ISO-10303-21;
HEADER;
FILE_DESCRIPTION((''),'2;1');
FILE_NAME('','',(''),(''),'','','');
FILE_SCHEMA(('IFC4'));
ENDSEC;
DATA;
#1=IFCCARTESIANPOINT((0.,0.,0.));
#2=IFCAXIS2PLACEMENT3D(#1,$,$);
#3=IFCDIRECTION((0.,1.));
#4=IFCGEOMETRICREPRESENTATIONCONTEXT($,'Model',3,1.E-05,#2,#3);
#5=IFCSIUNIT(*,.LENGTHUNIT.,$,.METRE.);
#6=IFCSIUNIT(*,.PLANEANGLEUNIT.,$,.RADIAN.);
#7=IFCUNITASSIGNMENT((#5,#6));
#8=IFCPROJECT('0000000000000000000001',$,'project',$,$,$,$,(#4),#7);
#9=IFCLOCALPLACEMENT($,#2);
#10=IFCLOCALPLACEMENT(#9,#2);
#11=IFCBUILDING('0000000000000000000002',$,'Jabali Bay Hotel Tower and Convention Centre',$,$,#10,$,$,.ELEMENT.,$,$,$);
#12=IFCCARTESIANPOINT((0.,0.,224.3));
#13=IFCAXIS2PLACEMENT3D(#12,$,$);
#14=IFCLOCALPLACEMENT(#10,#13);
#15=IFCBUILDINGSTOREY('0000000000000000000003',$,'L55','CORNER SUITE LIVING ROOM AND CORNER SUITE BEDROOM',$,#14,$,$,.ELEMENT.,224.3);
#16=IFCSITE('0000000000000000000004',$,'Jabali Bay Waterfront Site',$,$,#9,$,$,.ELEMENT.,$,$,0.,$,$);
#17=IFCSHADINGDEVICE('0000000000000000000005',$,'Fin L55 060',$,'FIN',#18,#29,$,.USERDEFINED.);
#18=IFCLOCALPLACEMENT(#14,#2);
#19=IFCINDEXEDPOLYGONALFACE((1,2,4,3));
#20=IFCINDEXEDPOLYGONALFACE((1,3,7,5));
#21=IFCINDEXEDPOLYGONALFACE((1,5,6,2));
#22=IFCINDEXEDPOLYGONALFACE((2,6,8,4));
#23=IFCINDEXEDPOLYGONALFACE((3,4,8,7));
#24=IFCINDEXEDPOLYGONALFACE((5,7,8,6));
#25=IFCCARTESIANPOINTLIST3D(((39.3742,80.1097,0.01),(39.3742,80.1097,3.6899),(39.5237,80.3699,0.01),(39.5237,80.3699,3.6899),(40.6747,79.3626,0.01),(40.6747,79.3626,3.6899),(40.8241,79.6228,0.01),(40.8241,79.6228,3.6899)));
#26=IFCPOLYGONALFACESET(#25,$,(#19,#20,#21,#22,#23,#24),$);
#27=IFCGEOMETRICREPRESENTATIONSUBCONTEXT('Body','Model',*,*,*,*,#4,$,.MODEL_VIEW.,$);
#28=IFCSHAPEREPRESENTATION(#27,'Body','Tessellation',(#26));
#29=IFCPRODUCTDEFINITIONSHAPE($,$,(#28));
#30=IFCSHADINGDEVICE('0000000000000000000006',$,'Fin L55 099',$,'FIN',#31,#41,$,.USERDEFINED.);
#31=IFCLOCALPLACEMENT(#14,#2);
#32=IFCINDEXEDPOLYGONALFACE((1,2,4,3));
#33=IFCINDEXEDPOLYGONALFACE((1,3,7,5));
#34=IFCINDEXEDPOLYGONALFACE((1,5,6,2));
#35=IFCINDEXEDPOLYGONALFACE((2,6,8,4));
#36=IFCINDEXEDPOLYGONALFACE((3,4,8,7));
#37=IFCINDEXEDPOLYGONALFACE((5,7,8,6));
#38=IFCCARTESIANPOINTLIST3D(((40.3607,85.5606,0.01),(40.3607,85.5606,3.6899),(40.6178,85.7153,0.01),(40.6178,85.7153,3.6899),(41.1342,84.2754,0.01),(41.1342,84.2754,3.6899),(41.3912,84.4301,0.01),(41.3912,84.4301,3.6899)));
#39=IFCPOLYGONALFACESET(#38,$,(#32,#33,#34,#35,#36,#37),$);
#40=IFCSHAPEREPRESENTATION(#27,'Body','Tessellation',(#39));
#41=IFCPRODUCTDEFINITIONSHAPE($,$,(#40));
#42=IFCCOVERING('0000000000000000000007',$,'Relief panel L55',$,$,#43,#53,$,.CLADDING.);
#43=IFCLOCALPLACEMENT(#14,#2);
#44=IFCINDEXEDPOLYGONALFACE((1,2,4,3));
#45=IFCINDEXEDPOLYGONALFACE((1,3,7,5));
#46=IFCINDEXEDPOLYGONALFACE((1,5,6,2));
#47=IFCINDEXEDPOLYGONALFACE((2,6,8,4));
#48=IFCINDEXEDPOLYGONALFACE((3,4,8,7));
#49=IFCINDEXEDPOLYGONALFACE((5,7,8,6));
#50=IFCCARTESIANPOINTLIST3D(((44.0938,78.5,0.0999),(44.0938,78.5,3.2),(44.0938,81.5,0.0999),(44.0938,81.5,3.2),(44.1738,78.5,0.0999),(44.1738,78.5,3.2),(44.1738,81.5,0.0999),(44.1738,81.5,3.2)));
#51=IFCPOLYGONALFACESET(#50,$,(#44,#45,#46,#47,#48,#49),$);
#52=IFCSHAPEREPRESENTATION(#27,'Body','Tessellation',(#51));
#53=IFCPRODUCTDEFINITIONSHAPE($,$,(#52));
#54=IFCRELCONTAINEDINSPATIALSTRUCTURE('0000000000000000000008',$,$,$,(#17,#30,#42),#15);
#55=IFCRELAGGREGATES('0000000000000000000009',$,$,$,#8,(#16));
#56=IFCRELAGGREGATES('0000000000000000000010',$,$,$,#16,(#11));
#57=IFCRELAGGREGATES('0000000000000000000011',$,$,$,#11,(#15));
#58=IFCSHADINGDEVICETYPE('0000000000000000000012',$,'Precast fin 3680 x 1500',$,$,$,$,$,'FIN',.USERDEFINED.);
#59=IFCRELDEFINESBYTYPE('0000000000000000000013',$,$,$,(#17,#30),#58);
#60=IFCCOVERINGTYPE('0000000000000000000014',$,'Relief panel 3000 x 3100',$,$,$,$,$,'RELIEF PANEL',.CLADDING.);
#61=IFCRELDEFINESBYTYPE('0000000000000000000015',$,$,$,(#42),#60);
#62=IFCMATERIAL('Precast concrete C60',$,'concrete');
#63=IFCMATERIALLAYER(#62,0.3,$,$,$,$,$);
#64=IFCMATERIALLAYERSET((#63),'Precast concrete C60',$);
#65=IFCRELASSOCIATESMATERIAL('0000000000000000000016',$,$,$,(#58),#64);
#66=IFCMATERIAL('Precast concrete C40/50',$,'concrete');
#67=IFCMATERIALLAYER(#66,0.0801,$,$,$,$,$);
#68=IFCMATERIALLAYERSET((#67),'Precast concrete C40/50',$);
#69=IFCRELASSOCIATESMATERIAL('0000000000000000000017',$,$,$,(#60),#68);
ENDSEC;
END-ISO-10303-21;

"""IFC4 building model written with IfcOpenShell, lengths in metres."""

from ifc_helpers import new_model, si_unit, direction, frame, frame_2d, origin, origin_2d, place, context, subcontext, project, spatial, rectangle, extrude, material, layer, layer_set, type_object, element, save


model = new_model("IFC4")

# Units and contexts
model_context = context("Model", 3, precision=1e-05, world=origin(), true_north=direction((0.0, 1.0)))
body_context = subcontext(model_context, "Body", "Model", "MODEL_VIEW")
ifc_project = project(units=[si_unit("LENGTHUNIT", "METRE"), si_unit("PLANEANGLEUNIT", "RADIAN")], contexts=[model_context])

# Site, building, storey
site_placement = place(None, origin())
site = spatial("IfcSite", under=ifc_project, at=site_placement, Name="Jabali Bay Waterfront Site", CompositionType="ELEMENT", RefElevation=0.0)
building_placement = place(site_placement, origin())
building = spatial("IfcBuilding", under=site, at=building_placement, Name="Jabali Bay Hotel Tower and Convention Centre", CompositionType="ELEMENT")
storey_placement = place(building_placement, frame((0.0, 0.0, 224.3)))
storey = spatial("IfcBuildingStorey", under=building, at=storey_placement, Name="L55", Description="CORNER SUITE LIVING ROOM AND CORNER SUITE BEDROOM", CompositionType="ELEMENT", Elevation=224.3)

# Shading devices
ifc_material_1 = material(Name="Precast concrete C60", Category="concrete")
ifc_layer_1 = layer(ifc_material_1, 0.3)
ifc_layer_set_1 = layer_set([ifc_layer_1], Name="Precast concrete C60")
shading_device_type_1 = type_object("IfcShadingDeviceType", Name="Precast fin 3680 x 1500", ElementType="FIN", PredefinedType="USERDEFINED", material=ifc_layer_set_1)
for number, where, z_axis, x_axis, name in (
    (1, (40.7495, 79.4927, 0.01), (0.0, 0.0, 1.0), (-0.867119, 0.498101, 0.0), "Fin L55 060"),
):
    element("IfcShadingDevice", number, at=place(storey_placement, frame(where, z_axis=z_axis, x_axis=x_axis)), inside=storey, type_object=shading_device_type_1, Name=name, ObjectType="FIN", PredefinedType="USERDEFINED", context=body_context, shape_type="SweptSolid", body=[
        extrude(rectangle(XDim=1.4998, YDim=0.3, at=frame_2d((0.75, 0.0))), origin(), (0.0, 0.0, 1.0), 3.6799),
    ])
shading_device_1_placement = place(storey_placement, frame((41.2627, 84.3528, 0.01), z_axis=(0.0, 0.0, 1.0), x_axis=(-0.515644, 0.856803, 0.0)))
element("IfcShadingDevice", 2, at=shading_device_1_placement, inside=storey, type_object=shading_device_type_1, Name="Fin L55 099", ObjectType="FIN", PredefinedType="USERDEFINED", context=body_context, shape_type="SweptSolid", body=[
    extrude(rectangle(XDim=1.5, YDim=0.3, at=frame_2d((0.75, 0.0))), origin(), (0.0, 0.0, 1.0), 3.6799),
])

# Covering
ifc_material_2 = material(Name="Precast concrete C40/50", Category="concrete")
ifc_layer_2 = layer(ifc_material_2, 0.0801)
ifc_layer_set_2 = layer_set([ifc_layer_2], Name="Precast concrete C40/50")
covering_type = type_object("IfcCoveringType", Name="Relief panel 3000 x 3100", ElementType="RELIEF PANEL", PredefinedType="CLADDING", material=ifc_layer_set_2)
covering_placement = place(storey_placement, frame((44.1338, 80.0, 0.0999), z_axis=(0.0, 0.0, 1.0), x_axis=(0.0, 1.0, 0.0)))
element("IfcCovering", 3, at=covering_placement, inside=storey, type_object=covering_type, Name="Relief panel L55", PredefinedType="CLADDING", context=body_context, shape_type="SweptSolid", body=[
    extrude(rectangle(XDim=3.0, YDim=0.0801, at=origin_2d()), origin(), (0.0, 0.0, 1.0), 3.1001),
])

save(model, "model.ifc")
